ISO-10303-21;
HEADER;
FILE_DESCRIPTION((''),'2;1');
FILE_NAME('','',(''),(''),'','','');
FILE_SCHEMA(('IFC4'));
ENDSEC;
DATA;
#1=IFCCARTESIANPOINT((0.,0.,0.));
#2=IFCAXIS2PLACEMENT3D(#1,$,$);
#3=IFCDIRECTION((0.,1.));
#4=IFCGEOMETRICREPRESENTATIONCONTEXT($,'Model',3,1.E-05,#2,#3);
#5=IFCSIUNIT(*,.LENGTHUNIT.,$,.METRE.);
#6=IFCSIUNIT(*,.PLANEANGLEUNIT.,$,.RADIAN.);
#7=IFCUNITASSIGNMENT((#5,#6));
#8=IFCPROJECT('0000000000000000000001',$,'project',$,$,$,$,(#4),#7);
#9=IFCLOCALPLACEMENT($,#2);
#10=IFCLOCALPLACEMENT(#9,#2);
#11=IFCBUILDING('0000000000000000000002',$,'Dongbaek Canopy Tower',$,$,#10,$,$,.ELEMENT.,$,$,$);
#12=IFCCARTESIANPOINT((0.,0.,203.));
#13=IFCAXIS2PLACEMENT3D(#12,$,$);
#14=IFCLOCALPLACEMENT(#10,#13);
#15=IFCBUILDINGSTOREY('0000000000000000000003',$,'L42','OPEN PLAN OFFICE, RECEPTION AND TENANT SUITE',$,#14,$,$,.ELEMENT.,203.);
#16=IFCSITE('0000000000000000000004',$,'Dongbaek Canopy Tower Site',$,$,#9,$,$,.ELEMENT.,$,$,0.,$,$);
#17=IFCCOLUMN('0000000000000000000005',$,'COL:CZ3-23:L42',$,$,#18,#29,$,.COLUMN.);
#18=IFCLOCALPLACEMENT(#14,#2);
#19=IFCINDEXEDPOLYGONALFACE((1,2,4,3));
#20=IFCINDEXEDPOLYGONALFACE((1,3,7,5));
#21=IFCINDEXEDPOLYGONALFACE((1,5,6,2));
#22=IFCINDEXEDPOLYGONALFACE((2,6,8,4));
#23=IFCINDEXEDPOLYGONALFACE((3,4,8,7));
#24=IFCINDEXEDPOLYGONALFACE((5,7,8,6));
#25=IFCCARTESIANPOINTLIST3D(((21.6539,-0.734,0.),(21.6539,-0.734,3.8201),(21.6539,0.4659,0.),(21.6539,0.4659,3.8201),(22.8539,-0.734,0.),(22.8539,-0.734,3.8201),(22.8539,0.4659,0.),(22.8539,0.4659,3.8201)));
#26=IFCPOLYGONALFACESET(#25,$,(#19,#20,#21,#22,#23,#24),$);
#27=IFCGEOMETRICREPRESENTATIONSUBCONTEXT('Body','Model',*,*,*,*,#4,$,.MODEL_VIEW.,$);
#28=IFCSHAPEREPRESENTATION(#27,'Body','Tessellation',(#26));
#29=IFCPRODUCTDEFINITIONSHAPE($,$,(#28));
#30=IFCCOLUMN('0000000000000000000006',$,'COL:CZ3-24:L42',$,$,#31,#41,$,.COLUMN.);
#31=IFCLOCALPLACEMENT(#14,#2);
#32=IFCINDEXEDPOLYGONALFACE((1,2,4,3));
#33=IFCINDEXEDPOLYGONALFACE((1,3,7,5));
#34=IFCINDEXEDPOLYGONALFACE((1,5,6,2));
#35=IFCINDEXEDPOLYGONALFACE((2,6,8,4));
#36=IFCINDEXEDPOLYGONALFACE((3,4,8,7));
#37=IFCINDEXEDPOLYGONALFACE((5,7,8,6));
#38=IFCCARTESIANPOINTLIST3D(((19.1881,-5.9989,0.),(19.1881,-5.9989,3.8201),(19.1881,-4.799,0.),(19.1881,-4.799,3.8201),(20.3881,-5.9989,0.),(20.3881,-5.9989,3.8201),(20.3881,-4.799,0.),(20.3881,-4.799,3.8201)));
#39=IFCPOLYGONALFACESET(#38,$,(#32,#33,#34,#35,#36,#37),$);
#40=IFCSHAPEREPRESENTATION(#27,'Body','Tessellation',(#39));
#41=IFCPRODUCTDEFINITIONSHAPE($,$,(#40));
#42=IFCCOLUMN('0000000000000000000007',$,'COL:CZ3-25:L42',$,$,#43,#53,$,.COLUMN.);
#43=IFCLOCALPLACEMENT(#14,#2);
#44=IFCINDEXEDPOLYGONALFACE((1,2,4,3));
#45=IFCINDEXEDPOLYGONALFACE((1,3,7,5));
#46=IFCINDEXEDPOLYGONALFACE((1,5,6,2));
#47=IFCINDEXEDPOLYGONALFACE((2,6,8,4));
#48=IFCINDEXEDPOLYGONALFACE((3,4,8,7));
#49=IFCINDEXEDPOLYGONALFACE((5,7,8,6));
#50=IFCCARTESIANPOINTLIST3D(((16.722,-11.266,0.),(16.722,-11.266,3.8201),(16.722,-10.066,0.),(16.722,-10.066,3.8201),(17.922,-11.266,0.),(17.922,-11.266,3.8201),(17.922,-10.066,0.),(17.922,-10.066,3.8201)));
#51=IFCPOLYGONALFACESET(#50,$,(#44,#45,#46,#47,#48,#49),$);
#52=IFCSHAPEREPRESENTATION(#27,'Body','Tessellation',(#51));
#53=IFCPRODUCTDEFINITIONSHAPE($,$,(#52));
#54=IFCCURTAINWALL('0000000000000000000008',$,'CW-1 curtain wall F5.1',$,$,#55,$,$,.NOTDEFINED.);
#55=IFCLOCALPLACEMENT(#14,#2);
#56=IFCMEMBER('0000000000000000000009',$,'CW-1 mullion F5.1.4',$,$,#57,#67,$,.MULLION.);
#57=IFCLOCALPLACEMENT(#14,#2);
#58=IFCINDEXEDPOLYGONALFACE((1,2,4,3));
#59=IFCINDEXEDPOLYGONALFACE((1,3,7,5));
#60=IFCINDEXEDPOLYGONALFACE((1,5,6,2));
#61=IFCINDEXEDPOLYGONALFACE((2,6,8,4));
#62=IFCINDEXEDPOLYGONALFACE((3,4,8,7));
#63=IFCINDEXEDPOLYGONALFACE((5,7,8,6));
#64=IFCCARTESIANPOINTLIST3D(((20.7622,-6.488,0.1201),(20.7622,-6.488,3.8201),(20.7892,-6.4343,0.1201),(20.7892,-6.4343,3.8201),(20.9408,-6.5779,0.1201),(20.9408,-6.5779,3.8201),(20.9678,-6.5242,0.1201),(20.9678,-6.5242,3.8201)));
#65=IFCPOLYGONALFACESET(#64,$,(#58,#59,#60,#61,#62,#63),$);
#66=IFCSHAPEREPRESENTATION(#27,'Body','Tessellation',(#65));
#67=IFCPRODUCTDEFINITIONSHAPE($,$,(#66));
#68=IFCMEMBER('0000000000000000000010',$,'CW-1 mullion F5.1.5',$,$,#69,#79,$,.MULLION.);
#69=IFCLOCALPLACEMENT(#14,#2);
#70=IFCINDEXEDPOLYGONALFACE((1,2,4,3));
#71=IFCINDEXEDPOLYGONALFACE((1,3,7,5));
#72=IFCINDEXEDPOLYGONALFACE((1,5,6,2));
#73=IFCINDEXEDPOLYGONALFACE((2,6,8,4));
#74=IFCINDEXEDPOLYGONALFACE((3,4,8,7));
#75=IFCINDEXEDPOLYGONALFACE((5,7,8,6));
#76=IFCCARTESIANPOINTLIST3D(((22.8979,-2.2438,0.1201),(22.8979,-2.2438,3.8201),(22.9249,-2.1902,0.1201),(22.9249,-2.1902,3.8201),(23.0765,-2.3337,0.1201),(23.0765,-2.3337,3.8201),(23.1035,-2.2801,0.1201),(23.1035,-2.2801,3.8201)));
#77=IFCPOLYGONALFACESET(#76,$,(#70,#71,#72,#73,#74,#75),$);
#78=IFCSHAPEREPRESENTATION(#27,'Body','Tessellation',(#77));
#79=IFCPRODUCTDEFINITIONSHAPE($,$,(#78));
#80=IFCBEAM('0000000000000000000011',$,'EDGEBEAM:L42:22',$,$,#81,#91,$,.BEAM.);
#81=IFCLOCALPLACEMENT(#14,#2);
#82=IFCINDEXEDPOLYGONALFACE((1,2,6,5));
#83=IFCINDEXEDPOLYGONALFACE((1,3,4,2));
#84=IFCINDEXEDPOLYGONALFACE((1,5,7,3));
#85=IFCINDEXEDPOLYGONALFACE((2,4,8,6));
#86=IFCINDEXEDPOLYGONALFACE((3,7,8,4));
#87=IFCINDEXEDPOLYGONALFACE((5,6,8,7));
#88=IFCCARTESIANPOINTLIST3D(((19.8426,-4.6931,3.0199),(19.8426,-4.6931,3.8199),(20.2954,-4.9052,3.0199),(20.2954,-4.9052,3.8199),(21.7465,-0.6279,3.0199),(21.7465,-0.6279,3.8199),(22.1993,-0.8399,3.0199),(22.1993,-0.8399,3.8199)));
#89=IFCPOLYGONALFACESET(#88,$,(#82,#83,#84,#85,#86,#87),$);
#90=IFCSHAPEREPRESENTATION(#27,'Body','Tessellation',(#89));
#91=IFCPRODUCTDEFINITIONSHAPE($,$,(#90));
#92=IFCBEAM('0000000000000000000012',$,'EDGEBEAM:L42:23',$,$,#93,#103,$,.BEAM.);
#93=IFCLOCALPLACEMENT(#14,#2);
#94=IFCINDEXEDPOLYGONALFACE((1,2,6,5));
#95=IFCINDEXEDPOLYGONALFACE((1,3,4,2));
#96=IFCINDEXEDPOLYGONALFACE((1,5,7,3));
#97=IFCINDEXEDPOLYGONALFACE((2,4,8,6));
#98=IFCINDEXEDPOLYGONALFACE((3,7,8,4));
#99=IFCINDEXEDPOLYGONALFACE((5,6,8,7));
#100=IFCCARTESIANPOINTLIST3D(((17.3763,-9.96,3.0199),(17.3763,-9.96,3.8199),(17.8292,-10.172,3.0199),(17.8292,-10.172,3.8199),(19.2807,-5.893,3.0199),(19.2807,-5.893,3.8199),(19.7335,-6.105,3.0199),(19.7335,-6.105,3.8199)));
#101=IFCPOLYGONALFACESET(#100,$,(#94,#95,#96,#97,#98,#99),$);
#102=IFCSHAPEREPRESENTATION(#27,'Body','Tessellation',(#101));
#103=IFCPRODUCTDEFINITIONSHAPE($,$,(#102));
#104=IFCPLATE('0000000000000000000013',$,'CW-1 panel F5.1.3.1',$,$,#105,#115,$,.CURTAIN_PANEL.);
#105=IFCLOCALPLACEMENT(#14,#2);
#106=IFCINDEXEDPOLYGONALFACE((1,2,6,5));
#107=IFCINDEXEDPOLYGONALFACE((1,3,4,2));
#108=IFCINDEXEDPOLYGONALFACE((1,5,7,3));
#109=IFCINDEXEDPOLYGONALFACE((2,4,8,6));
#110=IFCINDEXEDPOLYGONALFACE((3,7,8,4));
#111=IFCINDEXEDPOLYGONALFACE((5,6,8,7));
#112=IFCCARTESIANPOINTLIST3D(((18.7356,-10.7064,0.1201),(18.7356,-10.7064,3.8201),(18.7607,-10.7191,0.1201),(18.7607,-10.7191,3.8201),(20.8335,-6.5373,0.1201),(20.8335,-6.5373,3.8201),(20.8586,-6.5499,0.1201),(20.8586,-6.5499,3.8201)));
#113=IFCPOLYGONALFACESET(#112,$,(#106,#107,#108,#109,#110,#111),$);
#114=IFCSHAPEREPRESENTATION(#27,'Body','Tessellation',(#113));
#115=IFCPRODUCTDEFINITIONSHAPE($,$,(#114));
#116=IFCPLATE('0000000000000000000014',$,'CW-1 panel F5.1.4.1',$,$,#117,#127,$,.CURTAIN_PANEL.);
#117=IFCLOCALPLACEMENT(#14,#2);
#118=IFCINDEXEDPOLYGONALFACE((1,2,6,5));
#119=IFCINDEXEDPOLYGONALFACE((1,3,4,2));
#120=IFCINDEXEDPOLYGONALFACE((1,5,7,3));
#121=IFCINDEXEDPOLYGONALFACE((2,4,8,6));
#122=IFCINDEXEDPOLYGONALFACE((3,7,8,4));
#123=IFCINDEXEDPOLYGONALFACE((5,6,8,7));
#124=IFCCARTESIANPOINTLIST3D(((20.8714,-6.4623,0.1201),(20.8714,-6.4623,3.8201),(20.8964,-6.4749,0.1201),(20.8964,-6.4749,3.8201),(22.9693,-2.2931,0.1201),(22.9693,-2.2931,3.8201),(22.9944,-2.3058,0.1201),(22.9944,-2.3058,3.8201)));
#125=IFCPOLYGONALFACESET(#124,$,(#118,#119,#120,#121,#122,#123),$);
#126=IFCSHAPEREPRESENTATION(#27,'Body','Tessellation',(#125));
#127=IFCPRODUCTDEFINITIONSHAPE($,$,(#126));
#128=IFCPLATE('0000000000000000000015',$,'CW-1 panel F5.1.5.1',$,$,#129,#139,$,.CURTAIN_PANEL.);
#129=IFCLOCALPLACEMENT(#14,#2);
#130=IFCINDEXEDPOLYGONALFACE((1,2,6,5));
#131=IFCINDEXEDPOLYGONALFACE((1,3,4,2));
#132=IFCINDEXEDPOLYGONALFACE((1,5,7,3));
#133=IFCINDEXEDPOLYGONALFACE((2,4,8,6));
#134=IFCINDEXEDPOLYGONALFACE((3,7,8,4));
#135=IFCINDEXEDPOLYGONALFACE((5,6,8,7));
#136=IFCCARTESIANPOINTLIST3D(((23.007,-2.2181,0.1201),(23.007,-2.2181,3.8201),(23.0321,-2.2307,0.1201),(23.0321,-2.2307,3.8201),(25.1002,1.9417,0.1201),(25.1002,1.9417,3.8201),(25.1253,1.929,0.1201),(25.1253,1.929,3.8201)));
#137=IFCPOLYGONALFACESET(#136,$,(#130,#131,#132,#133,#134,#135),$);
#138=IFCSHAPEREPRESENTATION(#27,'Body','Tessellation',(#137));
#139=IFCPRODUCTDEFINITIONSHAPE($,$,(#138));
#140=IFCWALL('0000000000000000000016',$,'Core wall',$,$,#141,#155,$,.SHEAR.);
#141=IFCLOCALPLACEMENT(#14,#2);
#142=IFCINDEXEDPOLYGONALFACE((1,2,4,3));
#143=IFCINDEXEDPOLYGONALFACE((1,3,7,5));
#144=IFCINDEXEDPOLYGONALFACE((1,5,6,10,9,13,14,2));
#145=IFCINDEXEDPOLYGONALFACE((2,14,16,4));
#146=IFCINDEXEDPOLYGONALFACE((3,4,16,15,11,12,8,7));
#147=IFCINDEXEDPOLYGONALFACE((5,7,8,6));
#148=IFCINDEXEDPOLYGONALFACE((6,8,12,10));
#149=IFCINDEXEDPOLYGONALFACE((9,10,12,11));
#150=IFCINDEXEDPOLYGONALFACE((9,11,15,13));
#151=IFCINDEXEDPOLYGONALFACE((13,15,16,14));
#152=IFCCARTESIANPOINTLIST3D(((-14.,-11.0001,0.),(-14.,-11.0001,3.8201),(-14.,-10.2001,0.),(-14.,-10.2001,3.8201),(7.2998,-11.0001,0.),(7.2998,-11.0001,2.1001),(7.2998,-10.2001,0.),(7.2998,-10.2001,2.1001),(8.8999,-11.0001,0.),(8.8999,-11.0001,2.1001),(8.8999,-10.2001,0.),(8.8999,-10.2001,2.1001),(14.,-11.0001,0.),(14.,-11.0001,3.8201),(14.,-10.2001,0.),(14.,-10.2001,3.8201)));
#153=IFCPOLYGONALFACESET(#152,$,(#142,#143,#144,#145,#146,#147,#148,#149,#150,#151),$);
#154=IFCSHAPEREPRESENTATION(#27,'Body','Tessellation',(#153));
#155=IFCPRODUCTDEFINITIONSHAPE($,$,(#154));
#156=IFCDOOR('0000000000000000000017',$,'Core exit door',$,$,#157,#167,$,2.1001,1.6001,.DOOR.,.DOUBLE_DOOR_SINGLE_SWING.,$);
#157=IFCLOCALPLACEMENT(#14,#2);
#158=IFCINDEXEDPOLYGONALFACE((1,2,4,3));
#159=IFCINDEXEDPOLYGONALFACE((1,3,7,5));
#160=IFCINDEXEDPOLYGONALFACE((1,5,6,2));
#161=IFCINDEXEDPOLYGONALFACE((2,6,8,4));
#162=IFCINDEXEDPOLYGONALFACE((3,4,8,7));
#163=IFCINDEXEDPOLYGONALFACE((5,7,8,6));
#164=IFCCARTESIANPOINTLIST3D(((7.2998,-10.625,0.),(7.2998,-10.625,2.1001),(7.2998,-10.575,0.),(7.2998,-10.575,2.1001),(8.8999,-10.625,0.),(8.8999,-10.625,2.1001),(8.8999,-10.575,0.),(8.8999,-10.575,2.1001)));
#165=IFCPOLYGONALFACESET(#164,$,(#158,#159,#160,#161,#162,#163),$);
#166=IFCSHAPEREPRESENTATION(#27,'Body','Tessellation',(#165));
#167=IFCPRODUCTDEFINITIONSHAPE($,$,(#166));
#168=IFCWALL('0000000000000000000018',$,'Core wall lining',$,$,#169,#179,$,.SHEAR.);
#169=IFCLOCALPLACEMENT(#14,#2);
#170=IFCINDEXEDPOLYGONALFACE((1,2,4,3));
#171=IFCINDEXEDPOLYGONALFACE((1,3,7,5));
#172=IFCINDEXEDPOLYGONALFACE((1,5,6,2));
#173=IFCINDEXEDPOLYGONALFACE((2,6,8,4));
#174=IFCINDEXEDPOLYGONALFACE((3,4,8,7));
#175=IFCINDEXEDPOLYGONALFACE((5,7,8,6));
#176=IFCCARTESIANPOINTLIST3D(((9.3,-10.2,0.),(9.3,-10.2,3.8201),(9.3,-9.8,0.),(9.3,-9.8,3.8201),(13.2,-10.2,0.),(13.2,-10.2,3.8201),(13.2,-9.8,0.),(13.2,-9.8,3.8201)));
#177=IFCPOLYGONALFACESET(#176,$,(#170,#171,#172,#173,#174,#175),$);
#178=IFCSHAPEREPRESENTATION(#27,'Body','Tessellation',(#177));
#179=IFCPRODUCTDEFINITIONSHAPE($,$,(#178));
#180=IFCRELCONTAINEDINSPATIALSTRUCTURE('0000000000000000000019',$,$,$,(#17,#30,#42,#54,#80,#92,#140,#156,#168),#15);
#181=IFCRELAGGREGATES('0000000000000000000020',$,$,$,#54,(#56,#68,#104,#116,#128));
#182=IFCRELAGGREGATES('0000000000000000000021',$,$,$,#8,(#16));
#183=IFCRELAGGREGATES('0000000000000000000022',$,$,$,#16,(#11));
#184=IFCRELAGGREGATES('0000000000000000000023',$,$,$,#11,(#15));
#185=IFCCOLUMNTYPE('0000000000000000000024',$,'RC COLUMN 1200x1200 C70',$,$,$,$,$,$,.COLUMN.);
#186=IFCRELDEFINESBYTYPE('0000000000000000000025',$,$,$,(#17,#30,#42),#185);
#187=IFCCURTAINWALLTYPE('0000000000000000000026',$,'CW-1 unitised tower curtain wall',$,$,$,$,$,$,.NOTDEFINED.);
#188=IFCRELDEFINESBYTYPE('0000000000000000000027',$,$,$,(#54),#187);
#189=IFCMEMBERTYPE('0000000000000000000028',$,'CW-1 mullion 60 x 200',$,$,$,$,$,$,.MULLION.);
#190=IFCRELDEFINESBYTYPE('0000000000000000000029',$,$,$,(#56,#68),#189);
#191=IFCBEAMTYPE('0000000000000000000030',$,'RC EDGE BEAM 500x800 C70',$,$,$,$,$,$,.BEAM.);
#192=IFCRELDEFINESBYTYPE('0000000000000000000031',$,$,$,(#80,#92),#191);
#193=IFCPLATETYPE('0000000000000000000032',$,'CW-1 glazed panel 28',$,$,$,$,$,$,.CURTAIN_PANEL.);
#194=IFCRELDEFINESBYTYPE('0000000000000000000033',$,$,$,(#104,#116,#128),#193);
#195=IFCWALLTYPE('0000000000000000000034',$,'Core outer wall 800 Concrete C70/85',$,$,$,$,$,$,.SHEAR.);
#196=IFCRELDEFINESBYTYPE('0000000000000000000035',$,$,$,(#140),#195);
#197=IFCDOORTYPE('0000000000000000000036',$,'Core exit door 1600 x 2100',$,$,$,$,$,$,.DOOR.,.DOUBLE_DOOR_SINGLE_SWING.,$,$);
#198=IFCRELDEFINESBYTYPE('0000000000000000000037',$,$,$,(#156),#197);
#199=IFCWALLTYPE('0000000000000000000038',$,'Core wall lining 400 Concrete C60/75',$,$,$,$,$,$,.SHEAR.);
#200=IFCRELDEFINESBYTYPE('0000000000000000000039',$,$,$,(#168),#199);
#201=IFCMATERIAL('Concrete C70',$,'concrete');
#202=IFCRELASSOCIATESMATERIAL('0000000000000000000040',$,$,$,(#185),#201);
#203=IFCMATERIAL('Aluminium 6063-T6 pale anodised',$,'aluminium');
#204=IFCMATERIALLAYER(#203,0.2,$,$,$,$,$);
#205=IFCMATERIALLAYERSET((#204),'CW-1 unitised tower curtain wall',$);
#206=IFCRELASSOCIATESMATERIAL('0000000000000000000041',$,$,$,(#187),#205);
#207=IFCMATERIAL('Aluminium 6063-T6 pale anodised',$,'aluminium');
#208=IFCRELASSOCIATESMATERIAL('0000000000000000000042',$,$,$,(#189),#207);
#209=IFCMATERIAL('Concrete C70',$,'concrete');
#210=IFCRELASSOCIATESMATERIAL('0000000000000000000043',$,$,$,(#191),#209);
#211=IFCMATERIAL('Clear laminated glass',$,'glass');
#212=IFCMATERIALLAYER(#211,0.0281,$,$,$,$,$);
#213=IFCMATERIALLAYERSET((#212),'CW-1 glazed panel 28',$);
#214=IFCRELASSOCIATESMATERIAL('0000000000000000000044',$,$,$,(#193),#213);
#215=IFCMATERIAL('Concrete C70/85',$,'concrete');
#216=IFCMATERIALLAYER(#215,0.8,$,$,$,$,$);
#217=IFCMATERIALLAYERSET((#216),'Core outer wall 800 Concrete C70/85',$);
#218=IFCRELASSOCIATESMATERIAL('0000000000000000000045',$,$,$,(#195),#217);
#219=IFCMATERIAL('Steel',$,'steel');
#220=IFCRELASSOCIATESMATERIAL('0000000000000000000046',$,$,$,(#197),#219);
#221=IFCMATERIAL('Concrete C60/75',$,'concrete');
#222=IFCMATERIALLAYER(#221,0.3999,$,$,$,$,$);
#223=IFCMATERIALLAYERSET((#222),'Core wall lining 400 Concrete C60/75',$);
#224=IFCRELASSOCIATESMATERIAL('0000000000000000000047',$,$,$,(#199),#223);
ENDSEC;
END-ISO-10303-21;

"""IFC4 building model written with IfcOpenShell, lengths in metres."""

from ifc_helpers import new_model, si_unit, direction, frame, frame_2d, origin, origin_2d, place, context, subcontext, project, spatial, rectangle, extrude, material, layer, layer_set, material_profile, profile_set, type_object, element, fill, aggregate, save


model = new_model("IFC4")

# Units and contexts
model_context = context("Model", 3, precision=1e-05, world=origin(), true_north=direction((0.0, 1.0)))
body_context = subcontext(model_context, "Body", "Model", "MODEL_VIEW")
ifc_project = project(units=[si_unit("LENGTHUNIT", "METRE"), si_unit("PLANEANGLEUNIT", "RADIAN")], contexts=[model_context])

# Site, building, storey
site_placement = place(None, origin())
site = spatial("IfcSite", under=ifc_project, at=site_placement, Name="Dongbaek Canopy Tower Site", CompositionType="ELEMENT", RefElevation=0.0)
building_placement = place(site_placement, origin())
building = spatial("IfcBuilding", under=site, at=building_placement, Name="Dongbaek Canopy Tower", CompositionType="ELEMENT")
storey_placement = place(building_placement, frame((0.0, 0.0, 203.0)))
storey = spatial("IfcBuildingStorey", under=building, at=storey_placement, Name="L42", Description="OPEN PLAN OFFICE, RECEPTION AND TENANT SUITE", CompositionType="ELEMENT", Elevation=203.0)

# Columns
ifc_material_1 = material(Name="Concrete C70", Category="concrete")
ifc_material_profile_1 = material_profile(ifc_material_1, rectangle(XDim=1.2, YDim=1.2, at=origin_2d()), Name="RC COLUMN 1200x1200 C70")
ifc_profile_set_1 = profile_set([ifc_material_profile_1], Name="Concrete C70")
column_type = type_object("IfcColumnType", Name="RC COLUMN 1200x1200 C70", PredefinedType="COLUMN", material=ifc_profile_set_1)
for number, where, z_axis, x_axis, name in (
    (1, (22.2539, -0.134, 0.0), (0.0, 0.0, 1.0), (1.0, 0.0, 0.0), "COL:CZ3-23:L42"),
    (2, (19.7881, -5.3989, 0.0), (0.0, 0.0, 1.0), (1.0, 0.0, 0.0), "COL:CZ3-24:L42"),
    (3, (17.322, -10.666, 0.0), (0.0, 0.0, 1.0), (1.0, 0.0, 0.0), "COL:CZ3-25:L42"),
):
    element("IfcColumn", number, at=place(storey_placement, frame(where, z_axis=z_axis, x_axis=x_axis)), inside=storey, type_object=column_type, Name=name, PredefinedType="COLUMN", context=body_context, shape_type="SweptSolid", body=[
        extrude(rectangle(XDim=1.2, YDim=1.2, at=origin_2d()), origin(), (0.0, 0.0, 1.0), 3.8201),
    ])

# Curtain wall, members
ifc_material_2 = material(Name="Aluminium 6063-T6 pale anodised", Category="aluminium")
ifc_layer_1 = layer(ifc_material_2, 0.2)
ifc_layer_set_1 = layer_set([ifc_layer_1], Name="CW-1 unitised tower curtain wall")
curtain_wall_type = type_object("IfcCurtainWallType", Name="CW-1 unitised tower curtain wall", PredefinedType="NOTDEFINED", material=ifc_layer_set_1)
curtain_wall_placement = place(storey_placement, origin())
curtain_wall = element("IfcCurtainWall", 4, at=curtain_wall_placement, inside=storey, type_object=curtain_wall_type, Name="CW-1 curtain wall F5.1", PredefinedType="NOTDEFINED")
ifc_material_3 = material(Name="Aluminium 6063-T6 pale anodised", Category="aluminium")
ifc_material_profile_2 = material_profile(ifc_material_3, rectangle(XDim=0.2, YDim=0.0601, at=origin_2d()), Name="CW-1 mullion 60 x 200")
ifc_profile_set_2 = profile_set([ifc_material_profile_2], Name="Aluminium 6063-T6 pale anodised")
member_type = type_object("IfcMemberType", Name="CW-1 mullion 60 x 200", PredefinedType="MULLION", material=ifc_profile_set_2)
member_1_placement = place(storey_placement, frame((20.865, -6.5061, 0.1201), z_axis=(0.0, 0.0, 1.0), x_axis=(0.893281, -0.449499, 0.0)))
member_1 = element("IfcMember", 5, at=member_1_placement, type_object=member_type, Name="CW-1 mullion F5.1.4", PredefinedType="MULLION", context=body_context, shape_type="SweptSolid", body=[
    extrude(rectangle(XDim=0.2, YDim=0.0601, at=origin_2d()), origin(), (0.0, 0.0, 1.0), 3.7),
])
member_2_placement = place(storey_placement, frame((23.0007, -2.262, 0.1201), z_axis=(0.0, 0.0, 1.0), x_axis=(0.893281, -0.449499, 0.0)))
member_2 = element("IfcMember", 6, at=member_2_placement, type_object=member_type, Name="CW-1 mullion F5.1.5", PredefinedType="MULLION", context=body_context, shape_type="SweptSolid", body=[
    extrude(rectangle(XDim=0.2, YDim=0.0601, at=origin_2d()), origin(), (0.0, 0.0, 1.0), 3.7),
])

# Beams
ifc_material_4 = material(Name="Concrete C70", Category="concrete")
ifc_material_profile_3 = material_profile(ifc_material_4, rectangle(XDim=0.5, YDim=0.8, at=origin_2d()), Name="RC EDGE BEAM 500x800 C70")
ifc_profile_set_3 = profile_set([ifc_material_profile_3], Name="Concrete C70")
beam_type = type_object("IfcBeamType", Name="RC EDGE BEAM 500x800 C70", PredefinedType="BEAM", material=ifc_profile_set_3)
beam_1_placement = place(storey_placement, frame((21.9729, -0.7339, 3.4199), z_axis=(-0.424115, -0.905608, 0.0), x_axis=(0.905608, -0.424115, 0.0)))
element("IfcBeam", 7, at=beam_1_placement, inside=storey, type_object=beam_type, Name="EDGEBEAM:L42:22", PredefinedType="BEAM", context=body_context, shape_type="SweptSolid", body=[
    extrude(rectangle(XDim=0.5, YDim=0.8, at=origin_2d()), origin(), (0.0, 0.0, 1.0), 4.489),
])
beam_2_placement = place(storey_placement, frame((19.5071, -5.999, 3.4199), z_axis=(-0.424058, -0.905635, 0.0), x_axis=(0.905635, -0.424058, 0.0)))
element("IfcBeam", 8, at=beam_2_placement, inside=storey, type_object=beam_type, Name="EDGEBEAM:L42:23", PredefinedType="BEAM", context=body_context, shape_type="SweptSolid", body=[
    extrude(rectangle(XDim=0.5, YDim=0.8, at=origin_2d()), origin(), (0.0, 0.0, 1.0), 4.4907),
])

# Plates
ifc_material_5 = material(Name="Clear laminated glass", Category="glass")
ifc_layer_2 = layer(ifc_material_5, 0.0281)
ifc_layer_set_2 = layer_set([ifc_layer_2], Name="CW-1 glazed panel 28")
plate_type = type_object("IfcPlateType", Name="CW-1 glazed panel 28", PredefinedType="CURTAIN_PANEL", material=ifc_layer_set_2)
plate_1_placement = place(storey_placement, frame((19.7971, -8.6282, 0.1201), z_axis=(0.0, 0.0, 1.0), x_axis=(0.449499, 0.893281, 0.0)))
plate_1 = element("IfcPlate", 9, at=plate_1_placement, type_object=plate_type, Name="CW-1 panel F5.1.3.1", PredefinedType="CURTAIN_PANEL", context=body_context, shape_type="SweptSolid", body=[
    extrude(rectangle(XDim=4.6672, YDim=0.0281, at=origin_2d()), origin(), (0.0, 0.0, 1.0), 3.7),
])
plate_2_placement = place(storey_placement, frame((21.9329, -4.384, 0.1201), z_axis=(0.0, 0.0, 1.0), x_axis=(0.449499, 0.893281, 0.0)))
plate_2 = element("IfcPlate", 10, at=plate_2_placement, type_object=plate_type, Name="CW-1 panel F5.1.4.1", PredefinedType="CURTAIN_PANEL", context=body_context, shape_type="SweptSolid", body=[
    extrude(rectangle(XDim=4.6672, YDim=0.0281, at=origin_2d()), origin(), (0.0, 0.0, 1.0), 3.7),
])
plate_3_placement = place(storey_placement, frame((24.0662, -0.1445, 0.1201), z_axis=(0.0, 0.0, 1.0), x_axis=(0.449499, 0.893281, 0.0)))
plate_3 = element("IfcPlate", 11, at=plate_3_placement, type_object=plate_type, Name="CW-1 panel F5.1.5.1", PredefinedType="CURTAIN_PANEL", context=body_context, shape_type="SweptSolid", body=[
    extrude(rectangle(XDim=4.6567, YDim=0.0281, at=origin_2d()), origin(), (0.0, 0.0, 1.0), 3.7),
])

# Wall, opening, door
ifc_material_6 = material(Name="Concrete C70/85", Category="concrete")
ifc_layer_3 = layer(ifc_material_6, 0.8)
ifc_layer_set_3 = layer_set([ifc_layer_3], Name="Core outer wall 800 Concrete C70/85")
wall_type_1 = type_object("IfcWallType", Name="Core outer wall 800 Concrete C70/85", PredefinedType="SHEAR", material=ifc_layer_set_3)
wall_1_placement = place(storey_placement, frame((14.0, -10.6001, 0.0), z_axis=(0.0, 0.0, 1.0), x_axis=(-1.0, 0.0, 0.0)))
wall_1 = element("IfcWall", 12, at=wall_1_placement, inside=storey, type_object=wall_type_1, Name="Core wall", PredefinedType="SHEAR", context=body_context, shape_type="SweptSolid", body=[
    extrude(rectangle(XDim=28.0, YDim=0.8, at=frame_2d((14.0, 0.0))), origin(), (0.0, 0.0, 1.0), 3.8201),
])
opening_placement = place(wall_1_placement, frame((5.1001, 0.0, 0.0)))
opening = element("IfcOpeningElement", 13, at=opening_placement, cuts=wall_1, PredefinedType="OPENING", context=body_context, shape_type="SweptSolid", body=[
    extrude(rectangle(XDim=1.6001, YDim=2.1001, at=frame_2d((0.8, 1.05))), frame((0.0, 0.4099, 0.0), z_axis=(0.0, -1.0, 0.0), x_axis=(1.0, 0.0, 0.0)), (0.0, 0.0, 1.0), 0.8201),
])
ifc_material_7 = material(Name="Steel", Category="steel")
door_type = type_object("IfcDoorType", Name="Core exit door 1600 x 2100", OperationType="DOUBLE_DOOR_SINGLE_SWING", PredefinedType="DOOR", material=ifc_material_7)
door_placement = place(opening_placement, origin())
door = element("IfcDoor", 14, at=door_placement, inside=storey, type_object=door_type, Name="Core exit door", OperationType="DOUBLE_DOOR_SINGLE_SWING", OverallHeight=2.1001, OverallWidth=1.6001, PredefinedType="DOOR", context=body_context, shape_type="SweptSolid", body=[
    extrude(rectangle(XDim=1.6001, YDim=2.1001, at=frame_2d((0.8, 1.05))), frame((0.0, 0.0249, 0.0), z_axis=(0.0, -1.0, 0.0), x_axis=(1.0, 0.0, 0.0)), (0.0, 0.0, 1.0), 0.05),
])
fill(opening, door)

# Wall
ifc_material_8 = material(Name="Concrete C60/75", Category="concrete")
ifc_layer_4 = layer(ifc_material_8, 0.3999)
ifc_layer_set_4 = layer_set([ifc_layer_4], Name="Core wall lining 400 Concrete C60/75")
wall_type_2 = type_object("IfcWallType", Name="Core wall lining 400 Concrete C60/75", PredefinedType="SHEAR", material=ifc_layer_set_4)
wall_2_placement = place(storey_placement, frame((13.2, -10.0, 0.0), z_axis=(0.0, 0.0, 1.0), x_axis=(-1.0, 0.0, 0.0)))
element("IfcWall", 15, at=wall_2_placement, inside=storey, type_object=wall_type_2, Name="Core wall lining", PredefinedType="SHEAR", context=body_context, shape_type="SweptSolid", body=[
    extrude(rectangle(XDim=3.8999, YDim=0.3999, at=frame_2d((1.95, 0.0))), origin(), (0.0, 0.0, 1.0), 3.8201),
])

aggregate(curtain_wall, [member_1, member_2, plate_1, plate_2, plate_3])

save(model, "model.ifc")
